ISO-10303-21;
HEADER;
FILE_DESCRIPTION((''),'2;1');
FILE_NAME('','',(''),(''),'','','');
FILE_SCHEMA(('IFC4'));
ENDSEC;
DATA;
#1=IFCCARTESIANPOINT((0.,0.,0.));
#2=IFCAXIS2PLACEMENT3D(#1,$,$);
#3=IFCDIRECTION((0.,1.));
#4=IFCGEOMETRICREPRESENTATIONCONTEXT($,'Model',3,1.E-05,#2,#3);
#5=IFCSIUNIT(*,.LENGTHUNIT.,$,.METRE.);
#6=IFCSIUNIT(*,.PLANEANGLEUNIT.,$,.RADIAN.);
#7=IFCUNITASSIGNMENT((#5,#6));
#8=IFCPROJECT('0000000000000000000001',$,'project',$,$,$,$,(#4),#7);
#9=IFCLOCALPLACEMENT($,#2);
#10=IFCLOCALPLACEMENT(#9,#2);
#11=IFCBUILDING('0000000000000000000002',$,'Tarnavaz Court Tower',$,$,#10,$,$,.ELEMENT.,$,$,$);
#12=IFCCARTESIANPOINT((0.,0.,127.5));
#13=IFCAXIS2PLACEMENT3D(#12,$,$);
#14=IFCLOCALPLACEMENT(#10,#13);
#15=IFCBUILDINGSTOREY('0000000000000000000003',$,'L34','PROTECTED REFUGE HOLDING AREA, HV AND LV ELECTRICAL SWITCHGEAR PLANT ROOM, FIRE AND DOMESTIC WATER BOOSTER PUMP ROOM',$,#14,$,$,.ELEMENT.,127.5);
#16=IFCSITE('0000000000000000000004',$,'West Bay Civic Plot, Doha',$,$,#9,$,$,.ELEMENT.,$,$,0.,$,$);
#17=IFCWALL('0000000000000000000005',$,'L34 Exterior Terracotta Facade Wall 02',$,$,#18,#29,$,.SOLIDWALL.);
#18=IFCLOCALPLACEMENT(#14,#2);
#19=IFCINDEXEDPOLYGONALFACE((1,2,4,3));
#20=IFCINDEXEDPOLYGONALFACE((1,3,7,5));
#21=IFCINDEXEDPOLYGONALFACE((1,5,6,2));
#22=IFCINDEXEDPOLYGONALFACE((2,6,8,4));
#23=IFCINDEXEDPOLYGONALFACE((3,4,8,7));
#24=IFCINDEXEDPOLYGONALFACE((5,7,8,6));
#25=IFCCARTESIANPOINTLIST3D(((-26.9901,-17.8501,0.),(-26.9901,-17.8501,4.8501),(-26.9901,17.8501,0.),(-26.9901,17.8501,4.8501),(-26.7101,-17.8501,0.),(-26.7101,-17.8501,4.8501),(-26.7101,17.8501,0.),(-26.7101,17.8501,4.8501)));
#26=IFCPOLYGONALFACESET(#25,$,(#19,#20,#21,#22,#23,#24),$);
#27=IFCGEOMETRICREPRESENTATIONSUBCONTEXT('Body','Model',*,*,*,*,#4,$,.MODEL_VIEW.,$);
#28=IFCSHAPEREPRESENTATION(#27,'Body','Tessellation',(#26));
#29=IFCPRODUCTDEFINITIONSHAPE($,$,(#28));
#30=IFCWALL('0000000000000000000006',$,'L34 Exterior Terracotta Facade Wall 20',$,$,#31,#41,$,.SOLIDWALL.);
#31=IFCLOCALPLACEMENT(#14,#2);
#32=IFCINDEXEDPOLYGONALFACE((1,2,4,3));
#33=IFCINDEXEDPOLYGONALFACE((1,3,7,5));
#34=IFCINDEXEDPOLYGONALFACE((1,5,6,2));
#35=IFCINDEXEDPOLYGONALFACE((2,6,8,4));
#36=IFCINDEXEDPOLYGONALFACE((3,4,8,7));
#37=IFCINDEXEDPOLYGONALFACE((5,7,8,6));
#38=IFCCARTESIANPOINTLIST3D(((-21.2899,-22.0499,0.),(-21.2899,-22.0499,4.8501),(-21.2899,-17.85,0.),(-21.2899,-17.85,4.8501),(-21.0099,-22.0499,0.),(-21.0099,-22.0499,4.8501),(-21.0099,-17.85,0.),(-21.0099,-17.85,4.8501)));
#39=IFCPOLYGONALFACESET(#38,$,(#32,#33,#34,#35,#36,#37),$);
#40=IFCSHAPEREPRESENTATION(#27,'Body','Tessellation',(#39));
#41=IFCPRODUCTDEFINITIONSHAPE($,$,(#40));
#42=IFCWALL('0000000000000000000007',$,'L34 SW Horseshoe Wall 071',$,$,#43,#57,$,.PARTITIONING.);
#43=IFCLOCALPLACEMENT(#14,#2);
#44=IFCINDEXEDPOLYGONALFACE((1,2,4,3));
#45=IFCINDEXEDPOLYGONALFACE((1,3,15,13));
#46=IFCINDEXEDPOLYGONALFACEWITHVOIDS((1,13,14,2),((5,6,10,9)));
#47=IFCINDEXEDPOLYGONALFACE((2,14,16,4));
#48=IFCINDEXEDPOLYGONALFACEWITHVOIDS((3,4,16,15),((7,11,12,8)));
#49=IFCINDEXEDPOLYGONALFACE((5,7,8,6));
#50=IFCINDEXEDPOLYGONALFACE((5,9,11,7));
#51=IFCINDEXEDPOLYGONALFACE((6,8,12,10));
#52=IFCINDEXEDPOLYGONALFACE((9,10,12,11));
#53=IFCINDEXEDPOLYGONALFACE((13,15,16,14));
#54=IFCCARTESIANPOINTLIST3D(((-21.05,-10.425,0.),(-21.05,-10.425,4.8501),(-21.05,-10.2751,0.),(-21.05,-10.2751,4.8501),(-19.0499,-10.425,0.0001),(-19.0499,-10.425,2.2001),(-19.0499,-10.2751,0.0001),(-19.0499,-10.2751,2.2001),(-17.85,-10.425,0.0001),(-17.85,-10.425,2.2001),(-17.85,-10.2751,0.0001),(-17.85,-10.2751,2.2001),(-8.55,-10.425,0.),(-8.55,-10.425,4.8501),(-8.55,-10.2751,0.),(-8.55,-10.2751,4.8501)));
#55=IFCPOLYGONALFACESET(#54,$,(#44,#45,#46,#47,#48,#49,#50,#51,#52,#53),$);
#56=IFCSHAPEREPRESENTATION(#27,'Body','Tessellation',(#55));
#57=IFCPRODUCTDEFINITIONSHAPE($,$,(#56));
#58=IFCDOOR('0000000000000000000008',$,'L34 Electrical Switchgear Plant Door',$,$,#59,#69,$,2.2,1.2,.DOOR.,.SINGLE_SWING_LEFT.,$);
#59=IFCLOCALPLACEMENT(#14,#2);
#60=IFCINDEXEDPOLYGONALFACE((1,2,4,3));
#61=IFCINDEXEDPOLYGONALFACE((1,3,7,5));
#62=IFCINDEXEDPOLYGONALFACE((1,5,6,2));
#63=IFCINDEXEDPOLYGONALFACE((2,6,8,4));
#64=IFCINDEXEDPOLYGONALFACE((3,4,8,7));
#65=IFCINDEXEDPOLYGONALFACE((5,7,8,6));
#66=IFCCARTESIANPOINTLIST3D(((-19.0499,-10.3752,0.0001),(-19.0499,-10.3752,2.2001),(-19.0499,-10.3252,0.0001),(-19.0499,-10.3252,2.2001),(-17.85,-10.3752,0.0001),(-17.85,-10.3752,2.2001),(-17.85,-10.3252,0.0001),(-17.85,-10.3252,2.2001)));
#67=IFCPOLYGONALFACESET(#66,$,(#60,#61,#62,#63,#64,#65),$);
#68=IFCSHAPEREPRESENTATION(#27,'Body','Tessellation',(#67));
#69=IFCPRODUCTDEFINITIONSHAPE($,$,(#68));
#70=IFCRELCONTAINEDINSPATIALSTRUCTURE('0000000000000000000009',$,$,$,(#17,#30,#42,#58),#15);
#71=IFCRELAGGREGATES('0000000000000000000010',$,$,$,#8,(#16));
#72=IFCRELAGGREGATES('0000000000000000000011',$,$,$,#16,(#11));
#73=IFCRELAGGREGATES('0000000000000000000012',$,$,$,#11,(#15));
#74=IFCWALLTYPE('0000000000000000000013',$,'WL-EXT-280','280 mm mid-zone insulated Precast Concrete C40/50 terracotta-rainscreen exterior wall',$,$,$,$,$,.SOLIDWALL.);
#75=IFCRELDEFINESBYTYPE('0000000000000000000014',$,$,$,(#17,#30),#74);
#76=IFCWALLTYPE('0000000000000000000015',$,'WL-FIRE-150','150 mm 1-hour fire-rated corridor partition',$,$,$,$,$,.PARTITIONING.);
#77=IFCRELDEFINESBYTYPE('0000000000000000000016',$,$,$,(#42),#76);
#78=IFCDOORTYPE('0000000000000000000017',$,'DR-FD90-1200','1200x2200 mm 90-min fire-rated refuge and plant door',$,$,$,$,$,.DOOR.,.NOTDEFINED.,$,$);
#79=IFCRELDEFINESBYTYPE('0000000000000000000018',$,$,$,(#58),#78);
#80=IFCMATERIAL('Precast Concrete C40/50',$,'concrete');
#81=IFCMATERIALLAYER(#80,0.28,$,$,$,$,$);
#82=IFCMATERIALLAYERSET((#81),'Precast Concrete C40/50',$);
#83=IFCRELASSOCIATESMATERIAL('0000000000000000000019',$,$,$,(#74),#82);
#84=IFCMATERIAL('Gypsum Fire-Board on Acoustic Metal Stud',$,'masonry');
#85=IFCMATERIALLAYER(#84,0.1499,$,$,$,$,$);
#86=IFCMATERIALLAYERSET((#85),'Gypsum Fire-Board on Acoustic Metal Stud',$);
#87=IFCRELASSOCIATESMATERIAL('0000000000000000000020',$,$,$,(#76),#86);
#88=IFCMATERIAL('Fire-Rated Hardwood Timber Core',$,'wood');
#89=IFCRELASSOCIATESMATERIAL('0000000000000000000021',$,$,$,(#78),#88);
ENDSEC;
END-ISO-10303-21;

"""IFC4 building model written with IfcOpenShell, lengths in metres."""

from ifc_helpers import new_model, si_unit, direction, frame, frame_2d, origin, place, context, subcontext, project, spatial, rectangle, extrude, material, layer, layer_set, type_object, element, fill, save


model = new_model("IFC4")

# Units and contexts
model_context = context("Model", 3, precision=1e-05, world=origin(), true_north=direction((0.0, 1.0)))
body_context = subcontext(model_context, "Body", "Model", "MODEL_VIEW")
ifc_project = project(units=[si_unit("LENGTHUNIT", "METRE"), si_unit("PLANEANGLEUNIT", "RADIAN")], contexts=[model_context])

# Site, building, storey
site_placement = place(None, origin())
site = spatial("IfcSite", under=ifc_project, at=site_placement, Name="West Bay Civic Plot, Doha", CompositionType="ELEMENT", RefElevation=0.0)
building_placement = place(site_placement, origin())
building = spatial("IfcBuilding", under=site, at=building_placement, Name="Tarnavaz Court Tower", CompositionType="ELEMENT")
storey_placement = place(building_placement, frame((0.0, 0.0, 127.5)))
storey = spatial("IfcBuildingStorey", under=building, at=storey_placement, Name="L34", Description="PROTECTED REFUGE HOLDING AREA, HV AND LV ELECTRICAL SWITCHGEAR PLANT ROOM, FIRE AND DOMESTIC WATER BOOSTER PUMP ROOM", CompositionType="ELEMENT", Elevation=127.5)

# Walls
ifc_material_1 = material(Name="Precast Concrete C40/50", Category="concrete")
ifc_layer_1 = layer(ifc_material_1, 0.28)
ifc_layer_set_1 = layer_set([ifc_layer_1], Name="Precast Concrete C40/50")
wall_type_1 = type_object("IfcWallType", Name="WL-EXT-280", Description="280 mm mid-zone insulated Precast Concrete C40/50 terracotta-rainscreen exterior wall", PredefinedType="SOLIDWALL", material=ifc_layer_set_1)
wall_1_placement = place(storey_placement, frame((-26.8501, -17.8501, 0.0), z_axis=(0.0, 0.0, 1.0), x_axis=(0.0, 1.0, 0.0)))
element("IfcWall", 1, at=wall_1_placement, inside=storey, type_object=wall_type_1, Name="L34 Exterior Terracotta Facade Wall 02", PredefinedType="SOLIDWALL", context=body_context, shape_type="SweptSolid", body=[
    extrude(rectangle(XDim=35.7002, YDim=0.28, at=frame_2d((17.8501, 0.0))), origin(), (0.0, 0.0, 1.0), 4.8501),
])
wall_2_placement = place(storey_placement, frame((-21.1499, -22.05, 0.0), z_axis=(0.0, 0.0, 1.0), x_axis=(0.0, 1.0, 0.0)))
element("IfcWall", 2, at=wall_2_placement, inside=storey, type_object=wall_type_1, Name="L34 Exterior Terracotta Facade Wall 20", PredefinedType="SOLIDWALL", context=body_context, shape_type="SweptSolid", body=[
    extrude(rectangle(XDim=4.2, YDim=0.28, at=frame_2d((2.1001, 0.0))), origin(), (0.0, 0.0, 1.0), 4.8501),
])

# Wall, opening, door
ifc_material_2 = material(Name="Gypsum Fire-Board on Acoustic Metal Stud", Category="masonry")
ifc_layer_2 = layer(ifc_material_2, 0.1499)
ifc_layer_set_2 = layer_set([ifc_layer_2], Name="Gypsum Fire-Board on Acoustic Metal Stud")
wall_type_2 = type_object("IfcWallType", Name="WL-FIRE-150", Description="150 mm 1-hour fire-rated corridor partition", PredefinedType="PARTITIONING", material=ifc_layer_set_2)
wall_3_placement = place(storey_placement, frame((-21.05, -10.3501, 0.0), z_axis=(0.0, 0.0, 1.0), x_axis=(1.0, 0.0, 0.0)))
wall_3 = element("IfcWall", 3, at=wall_3_placement, inside=storey, type_object=wall_type_2, Name="L34 SW Horseshoe Wall 071", PredefinedType="PARTITIONING", context=body_context, shape_type="SweptSolid", body=[
    extrude(rectangle(XDim=12.5, YDim=0.1499, at=frame_2d((6.25, 0.0))), origin(), (0.0, 0.0, 1.0), 4.8501),
])
opening_placement = place(wall_3_placement, frame((2.0, 0.0, 0.0)))
opening = element("IfcOpeningElement", 4, at=opening_placement, cuts=wall_3, PredefinedType="OPENING", context=body_context, shape_type="SweptSolid", body=[
    extrude(rectangle(XDim=1.2, YDim=2.2, at=frame_2d((0.6001, 1.1001))), frame((0.0, 0.085, 0.0), z_axis=(0.0, -1.0, 0.0), x_axis=(1.0, 0.0, 0.0)), (0.0, 0.0, 1.0), 0.1699),
])
ifc_material_3 = material(Name="Fire-Rated Hardwood Timber Core", Category="wood")
door_type = type_object("IfcDoorType", Name="DR-FD90-1200", Description="1200x2200 mm 90-min fire-rated refuge and plant door", OperationType="NOTDEFINED", PredefinedType="DOOR", material=ifc_material_3)
door_placement = place(opening_placement, origin())
door = element("IfcDoor", 5, at=door_placement, inside=storey, type_object=door_type, Name="L34 Electrical Switchgear Plant Door", OperationType="SINGLE_SWING_LEFT", OverallHeight=2.2, OverallWidth=1.2, PredefinedType="DOOR", context=body_context, shape_type="SweptSolid", body=[
    extrude(rectangle(XDim=1.2, YDim=2.2, at=frame_2d((0.6001, 1.1001))), frame((0.0, 0.0249, 0.0), z_axis=(0.0, -1.0, 0.0), x_axis=(1.0, 0.0, 0.0)), (0.0, 0.0, 1.0), 0.05),
])
fill(opening, door)

save(model, "model.ifc")
